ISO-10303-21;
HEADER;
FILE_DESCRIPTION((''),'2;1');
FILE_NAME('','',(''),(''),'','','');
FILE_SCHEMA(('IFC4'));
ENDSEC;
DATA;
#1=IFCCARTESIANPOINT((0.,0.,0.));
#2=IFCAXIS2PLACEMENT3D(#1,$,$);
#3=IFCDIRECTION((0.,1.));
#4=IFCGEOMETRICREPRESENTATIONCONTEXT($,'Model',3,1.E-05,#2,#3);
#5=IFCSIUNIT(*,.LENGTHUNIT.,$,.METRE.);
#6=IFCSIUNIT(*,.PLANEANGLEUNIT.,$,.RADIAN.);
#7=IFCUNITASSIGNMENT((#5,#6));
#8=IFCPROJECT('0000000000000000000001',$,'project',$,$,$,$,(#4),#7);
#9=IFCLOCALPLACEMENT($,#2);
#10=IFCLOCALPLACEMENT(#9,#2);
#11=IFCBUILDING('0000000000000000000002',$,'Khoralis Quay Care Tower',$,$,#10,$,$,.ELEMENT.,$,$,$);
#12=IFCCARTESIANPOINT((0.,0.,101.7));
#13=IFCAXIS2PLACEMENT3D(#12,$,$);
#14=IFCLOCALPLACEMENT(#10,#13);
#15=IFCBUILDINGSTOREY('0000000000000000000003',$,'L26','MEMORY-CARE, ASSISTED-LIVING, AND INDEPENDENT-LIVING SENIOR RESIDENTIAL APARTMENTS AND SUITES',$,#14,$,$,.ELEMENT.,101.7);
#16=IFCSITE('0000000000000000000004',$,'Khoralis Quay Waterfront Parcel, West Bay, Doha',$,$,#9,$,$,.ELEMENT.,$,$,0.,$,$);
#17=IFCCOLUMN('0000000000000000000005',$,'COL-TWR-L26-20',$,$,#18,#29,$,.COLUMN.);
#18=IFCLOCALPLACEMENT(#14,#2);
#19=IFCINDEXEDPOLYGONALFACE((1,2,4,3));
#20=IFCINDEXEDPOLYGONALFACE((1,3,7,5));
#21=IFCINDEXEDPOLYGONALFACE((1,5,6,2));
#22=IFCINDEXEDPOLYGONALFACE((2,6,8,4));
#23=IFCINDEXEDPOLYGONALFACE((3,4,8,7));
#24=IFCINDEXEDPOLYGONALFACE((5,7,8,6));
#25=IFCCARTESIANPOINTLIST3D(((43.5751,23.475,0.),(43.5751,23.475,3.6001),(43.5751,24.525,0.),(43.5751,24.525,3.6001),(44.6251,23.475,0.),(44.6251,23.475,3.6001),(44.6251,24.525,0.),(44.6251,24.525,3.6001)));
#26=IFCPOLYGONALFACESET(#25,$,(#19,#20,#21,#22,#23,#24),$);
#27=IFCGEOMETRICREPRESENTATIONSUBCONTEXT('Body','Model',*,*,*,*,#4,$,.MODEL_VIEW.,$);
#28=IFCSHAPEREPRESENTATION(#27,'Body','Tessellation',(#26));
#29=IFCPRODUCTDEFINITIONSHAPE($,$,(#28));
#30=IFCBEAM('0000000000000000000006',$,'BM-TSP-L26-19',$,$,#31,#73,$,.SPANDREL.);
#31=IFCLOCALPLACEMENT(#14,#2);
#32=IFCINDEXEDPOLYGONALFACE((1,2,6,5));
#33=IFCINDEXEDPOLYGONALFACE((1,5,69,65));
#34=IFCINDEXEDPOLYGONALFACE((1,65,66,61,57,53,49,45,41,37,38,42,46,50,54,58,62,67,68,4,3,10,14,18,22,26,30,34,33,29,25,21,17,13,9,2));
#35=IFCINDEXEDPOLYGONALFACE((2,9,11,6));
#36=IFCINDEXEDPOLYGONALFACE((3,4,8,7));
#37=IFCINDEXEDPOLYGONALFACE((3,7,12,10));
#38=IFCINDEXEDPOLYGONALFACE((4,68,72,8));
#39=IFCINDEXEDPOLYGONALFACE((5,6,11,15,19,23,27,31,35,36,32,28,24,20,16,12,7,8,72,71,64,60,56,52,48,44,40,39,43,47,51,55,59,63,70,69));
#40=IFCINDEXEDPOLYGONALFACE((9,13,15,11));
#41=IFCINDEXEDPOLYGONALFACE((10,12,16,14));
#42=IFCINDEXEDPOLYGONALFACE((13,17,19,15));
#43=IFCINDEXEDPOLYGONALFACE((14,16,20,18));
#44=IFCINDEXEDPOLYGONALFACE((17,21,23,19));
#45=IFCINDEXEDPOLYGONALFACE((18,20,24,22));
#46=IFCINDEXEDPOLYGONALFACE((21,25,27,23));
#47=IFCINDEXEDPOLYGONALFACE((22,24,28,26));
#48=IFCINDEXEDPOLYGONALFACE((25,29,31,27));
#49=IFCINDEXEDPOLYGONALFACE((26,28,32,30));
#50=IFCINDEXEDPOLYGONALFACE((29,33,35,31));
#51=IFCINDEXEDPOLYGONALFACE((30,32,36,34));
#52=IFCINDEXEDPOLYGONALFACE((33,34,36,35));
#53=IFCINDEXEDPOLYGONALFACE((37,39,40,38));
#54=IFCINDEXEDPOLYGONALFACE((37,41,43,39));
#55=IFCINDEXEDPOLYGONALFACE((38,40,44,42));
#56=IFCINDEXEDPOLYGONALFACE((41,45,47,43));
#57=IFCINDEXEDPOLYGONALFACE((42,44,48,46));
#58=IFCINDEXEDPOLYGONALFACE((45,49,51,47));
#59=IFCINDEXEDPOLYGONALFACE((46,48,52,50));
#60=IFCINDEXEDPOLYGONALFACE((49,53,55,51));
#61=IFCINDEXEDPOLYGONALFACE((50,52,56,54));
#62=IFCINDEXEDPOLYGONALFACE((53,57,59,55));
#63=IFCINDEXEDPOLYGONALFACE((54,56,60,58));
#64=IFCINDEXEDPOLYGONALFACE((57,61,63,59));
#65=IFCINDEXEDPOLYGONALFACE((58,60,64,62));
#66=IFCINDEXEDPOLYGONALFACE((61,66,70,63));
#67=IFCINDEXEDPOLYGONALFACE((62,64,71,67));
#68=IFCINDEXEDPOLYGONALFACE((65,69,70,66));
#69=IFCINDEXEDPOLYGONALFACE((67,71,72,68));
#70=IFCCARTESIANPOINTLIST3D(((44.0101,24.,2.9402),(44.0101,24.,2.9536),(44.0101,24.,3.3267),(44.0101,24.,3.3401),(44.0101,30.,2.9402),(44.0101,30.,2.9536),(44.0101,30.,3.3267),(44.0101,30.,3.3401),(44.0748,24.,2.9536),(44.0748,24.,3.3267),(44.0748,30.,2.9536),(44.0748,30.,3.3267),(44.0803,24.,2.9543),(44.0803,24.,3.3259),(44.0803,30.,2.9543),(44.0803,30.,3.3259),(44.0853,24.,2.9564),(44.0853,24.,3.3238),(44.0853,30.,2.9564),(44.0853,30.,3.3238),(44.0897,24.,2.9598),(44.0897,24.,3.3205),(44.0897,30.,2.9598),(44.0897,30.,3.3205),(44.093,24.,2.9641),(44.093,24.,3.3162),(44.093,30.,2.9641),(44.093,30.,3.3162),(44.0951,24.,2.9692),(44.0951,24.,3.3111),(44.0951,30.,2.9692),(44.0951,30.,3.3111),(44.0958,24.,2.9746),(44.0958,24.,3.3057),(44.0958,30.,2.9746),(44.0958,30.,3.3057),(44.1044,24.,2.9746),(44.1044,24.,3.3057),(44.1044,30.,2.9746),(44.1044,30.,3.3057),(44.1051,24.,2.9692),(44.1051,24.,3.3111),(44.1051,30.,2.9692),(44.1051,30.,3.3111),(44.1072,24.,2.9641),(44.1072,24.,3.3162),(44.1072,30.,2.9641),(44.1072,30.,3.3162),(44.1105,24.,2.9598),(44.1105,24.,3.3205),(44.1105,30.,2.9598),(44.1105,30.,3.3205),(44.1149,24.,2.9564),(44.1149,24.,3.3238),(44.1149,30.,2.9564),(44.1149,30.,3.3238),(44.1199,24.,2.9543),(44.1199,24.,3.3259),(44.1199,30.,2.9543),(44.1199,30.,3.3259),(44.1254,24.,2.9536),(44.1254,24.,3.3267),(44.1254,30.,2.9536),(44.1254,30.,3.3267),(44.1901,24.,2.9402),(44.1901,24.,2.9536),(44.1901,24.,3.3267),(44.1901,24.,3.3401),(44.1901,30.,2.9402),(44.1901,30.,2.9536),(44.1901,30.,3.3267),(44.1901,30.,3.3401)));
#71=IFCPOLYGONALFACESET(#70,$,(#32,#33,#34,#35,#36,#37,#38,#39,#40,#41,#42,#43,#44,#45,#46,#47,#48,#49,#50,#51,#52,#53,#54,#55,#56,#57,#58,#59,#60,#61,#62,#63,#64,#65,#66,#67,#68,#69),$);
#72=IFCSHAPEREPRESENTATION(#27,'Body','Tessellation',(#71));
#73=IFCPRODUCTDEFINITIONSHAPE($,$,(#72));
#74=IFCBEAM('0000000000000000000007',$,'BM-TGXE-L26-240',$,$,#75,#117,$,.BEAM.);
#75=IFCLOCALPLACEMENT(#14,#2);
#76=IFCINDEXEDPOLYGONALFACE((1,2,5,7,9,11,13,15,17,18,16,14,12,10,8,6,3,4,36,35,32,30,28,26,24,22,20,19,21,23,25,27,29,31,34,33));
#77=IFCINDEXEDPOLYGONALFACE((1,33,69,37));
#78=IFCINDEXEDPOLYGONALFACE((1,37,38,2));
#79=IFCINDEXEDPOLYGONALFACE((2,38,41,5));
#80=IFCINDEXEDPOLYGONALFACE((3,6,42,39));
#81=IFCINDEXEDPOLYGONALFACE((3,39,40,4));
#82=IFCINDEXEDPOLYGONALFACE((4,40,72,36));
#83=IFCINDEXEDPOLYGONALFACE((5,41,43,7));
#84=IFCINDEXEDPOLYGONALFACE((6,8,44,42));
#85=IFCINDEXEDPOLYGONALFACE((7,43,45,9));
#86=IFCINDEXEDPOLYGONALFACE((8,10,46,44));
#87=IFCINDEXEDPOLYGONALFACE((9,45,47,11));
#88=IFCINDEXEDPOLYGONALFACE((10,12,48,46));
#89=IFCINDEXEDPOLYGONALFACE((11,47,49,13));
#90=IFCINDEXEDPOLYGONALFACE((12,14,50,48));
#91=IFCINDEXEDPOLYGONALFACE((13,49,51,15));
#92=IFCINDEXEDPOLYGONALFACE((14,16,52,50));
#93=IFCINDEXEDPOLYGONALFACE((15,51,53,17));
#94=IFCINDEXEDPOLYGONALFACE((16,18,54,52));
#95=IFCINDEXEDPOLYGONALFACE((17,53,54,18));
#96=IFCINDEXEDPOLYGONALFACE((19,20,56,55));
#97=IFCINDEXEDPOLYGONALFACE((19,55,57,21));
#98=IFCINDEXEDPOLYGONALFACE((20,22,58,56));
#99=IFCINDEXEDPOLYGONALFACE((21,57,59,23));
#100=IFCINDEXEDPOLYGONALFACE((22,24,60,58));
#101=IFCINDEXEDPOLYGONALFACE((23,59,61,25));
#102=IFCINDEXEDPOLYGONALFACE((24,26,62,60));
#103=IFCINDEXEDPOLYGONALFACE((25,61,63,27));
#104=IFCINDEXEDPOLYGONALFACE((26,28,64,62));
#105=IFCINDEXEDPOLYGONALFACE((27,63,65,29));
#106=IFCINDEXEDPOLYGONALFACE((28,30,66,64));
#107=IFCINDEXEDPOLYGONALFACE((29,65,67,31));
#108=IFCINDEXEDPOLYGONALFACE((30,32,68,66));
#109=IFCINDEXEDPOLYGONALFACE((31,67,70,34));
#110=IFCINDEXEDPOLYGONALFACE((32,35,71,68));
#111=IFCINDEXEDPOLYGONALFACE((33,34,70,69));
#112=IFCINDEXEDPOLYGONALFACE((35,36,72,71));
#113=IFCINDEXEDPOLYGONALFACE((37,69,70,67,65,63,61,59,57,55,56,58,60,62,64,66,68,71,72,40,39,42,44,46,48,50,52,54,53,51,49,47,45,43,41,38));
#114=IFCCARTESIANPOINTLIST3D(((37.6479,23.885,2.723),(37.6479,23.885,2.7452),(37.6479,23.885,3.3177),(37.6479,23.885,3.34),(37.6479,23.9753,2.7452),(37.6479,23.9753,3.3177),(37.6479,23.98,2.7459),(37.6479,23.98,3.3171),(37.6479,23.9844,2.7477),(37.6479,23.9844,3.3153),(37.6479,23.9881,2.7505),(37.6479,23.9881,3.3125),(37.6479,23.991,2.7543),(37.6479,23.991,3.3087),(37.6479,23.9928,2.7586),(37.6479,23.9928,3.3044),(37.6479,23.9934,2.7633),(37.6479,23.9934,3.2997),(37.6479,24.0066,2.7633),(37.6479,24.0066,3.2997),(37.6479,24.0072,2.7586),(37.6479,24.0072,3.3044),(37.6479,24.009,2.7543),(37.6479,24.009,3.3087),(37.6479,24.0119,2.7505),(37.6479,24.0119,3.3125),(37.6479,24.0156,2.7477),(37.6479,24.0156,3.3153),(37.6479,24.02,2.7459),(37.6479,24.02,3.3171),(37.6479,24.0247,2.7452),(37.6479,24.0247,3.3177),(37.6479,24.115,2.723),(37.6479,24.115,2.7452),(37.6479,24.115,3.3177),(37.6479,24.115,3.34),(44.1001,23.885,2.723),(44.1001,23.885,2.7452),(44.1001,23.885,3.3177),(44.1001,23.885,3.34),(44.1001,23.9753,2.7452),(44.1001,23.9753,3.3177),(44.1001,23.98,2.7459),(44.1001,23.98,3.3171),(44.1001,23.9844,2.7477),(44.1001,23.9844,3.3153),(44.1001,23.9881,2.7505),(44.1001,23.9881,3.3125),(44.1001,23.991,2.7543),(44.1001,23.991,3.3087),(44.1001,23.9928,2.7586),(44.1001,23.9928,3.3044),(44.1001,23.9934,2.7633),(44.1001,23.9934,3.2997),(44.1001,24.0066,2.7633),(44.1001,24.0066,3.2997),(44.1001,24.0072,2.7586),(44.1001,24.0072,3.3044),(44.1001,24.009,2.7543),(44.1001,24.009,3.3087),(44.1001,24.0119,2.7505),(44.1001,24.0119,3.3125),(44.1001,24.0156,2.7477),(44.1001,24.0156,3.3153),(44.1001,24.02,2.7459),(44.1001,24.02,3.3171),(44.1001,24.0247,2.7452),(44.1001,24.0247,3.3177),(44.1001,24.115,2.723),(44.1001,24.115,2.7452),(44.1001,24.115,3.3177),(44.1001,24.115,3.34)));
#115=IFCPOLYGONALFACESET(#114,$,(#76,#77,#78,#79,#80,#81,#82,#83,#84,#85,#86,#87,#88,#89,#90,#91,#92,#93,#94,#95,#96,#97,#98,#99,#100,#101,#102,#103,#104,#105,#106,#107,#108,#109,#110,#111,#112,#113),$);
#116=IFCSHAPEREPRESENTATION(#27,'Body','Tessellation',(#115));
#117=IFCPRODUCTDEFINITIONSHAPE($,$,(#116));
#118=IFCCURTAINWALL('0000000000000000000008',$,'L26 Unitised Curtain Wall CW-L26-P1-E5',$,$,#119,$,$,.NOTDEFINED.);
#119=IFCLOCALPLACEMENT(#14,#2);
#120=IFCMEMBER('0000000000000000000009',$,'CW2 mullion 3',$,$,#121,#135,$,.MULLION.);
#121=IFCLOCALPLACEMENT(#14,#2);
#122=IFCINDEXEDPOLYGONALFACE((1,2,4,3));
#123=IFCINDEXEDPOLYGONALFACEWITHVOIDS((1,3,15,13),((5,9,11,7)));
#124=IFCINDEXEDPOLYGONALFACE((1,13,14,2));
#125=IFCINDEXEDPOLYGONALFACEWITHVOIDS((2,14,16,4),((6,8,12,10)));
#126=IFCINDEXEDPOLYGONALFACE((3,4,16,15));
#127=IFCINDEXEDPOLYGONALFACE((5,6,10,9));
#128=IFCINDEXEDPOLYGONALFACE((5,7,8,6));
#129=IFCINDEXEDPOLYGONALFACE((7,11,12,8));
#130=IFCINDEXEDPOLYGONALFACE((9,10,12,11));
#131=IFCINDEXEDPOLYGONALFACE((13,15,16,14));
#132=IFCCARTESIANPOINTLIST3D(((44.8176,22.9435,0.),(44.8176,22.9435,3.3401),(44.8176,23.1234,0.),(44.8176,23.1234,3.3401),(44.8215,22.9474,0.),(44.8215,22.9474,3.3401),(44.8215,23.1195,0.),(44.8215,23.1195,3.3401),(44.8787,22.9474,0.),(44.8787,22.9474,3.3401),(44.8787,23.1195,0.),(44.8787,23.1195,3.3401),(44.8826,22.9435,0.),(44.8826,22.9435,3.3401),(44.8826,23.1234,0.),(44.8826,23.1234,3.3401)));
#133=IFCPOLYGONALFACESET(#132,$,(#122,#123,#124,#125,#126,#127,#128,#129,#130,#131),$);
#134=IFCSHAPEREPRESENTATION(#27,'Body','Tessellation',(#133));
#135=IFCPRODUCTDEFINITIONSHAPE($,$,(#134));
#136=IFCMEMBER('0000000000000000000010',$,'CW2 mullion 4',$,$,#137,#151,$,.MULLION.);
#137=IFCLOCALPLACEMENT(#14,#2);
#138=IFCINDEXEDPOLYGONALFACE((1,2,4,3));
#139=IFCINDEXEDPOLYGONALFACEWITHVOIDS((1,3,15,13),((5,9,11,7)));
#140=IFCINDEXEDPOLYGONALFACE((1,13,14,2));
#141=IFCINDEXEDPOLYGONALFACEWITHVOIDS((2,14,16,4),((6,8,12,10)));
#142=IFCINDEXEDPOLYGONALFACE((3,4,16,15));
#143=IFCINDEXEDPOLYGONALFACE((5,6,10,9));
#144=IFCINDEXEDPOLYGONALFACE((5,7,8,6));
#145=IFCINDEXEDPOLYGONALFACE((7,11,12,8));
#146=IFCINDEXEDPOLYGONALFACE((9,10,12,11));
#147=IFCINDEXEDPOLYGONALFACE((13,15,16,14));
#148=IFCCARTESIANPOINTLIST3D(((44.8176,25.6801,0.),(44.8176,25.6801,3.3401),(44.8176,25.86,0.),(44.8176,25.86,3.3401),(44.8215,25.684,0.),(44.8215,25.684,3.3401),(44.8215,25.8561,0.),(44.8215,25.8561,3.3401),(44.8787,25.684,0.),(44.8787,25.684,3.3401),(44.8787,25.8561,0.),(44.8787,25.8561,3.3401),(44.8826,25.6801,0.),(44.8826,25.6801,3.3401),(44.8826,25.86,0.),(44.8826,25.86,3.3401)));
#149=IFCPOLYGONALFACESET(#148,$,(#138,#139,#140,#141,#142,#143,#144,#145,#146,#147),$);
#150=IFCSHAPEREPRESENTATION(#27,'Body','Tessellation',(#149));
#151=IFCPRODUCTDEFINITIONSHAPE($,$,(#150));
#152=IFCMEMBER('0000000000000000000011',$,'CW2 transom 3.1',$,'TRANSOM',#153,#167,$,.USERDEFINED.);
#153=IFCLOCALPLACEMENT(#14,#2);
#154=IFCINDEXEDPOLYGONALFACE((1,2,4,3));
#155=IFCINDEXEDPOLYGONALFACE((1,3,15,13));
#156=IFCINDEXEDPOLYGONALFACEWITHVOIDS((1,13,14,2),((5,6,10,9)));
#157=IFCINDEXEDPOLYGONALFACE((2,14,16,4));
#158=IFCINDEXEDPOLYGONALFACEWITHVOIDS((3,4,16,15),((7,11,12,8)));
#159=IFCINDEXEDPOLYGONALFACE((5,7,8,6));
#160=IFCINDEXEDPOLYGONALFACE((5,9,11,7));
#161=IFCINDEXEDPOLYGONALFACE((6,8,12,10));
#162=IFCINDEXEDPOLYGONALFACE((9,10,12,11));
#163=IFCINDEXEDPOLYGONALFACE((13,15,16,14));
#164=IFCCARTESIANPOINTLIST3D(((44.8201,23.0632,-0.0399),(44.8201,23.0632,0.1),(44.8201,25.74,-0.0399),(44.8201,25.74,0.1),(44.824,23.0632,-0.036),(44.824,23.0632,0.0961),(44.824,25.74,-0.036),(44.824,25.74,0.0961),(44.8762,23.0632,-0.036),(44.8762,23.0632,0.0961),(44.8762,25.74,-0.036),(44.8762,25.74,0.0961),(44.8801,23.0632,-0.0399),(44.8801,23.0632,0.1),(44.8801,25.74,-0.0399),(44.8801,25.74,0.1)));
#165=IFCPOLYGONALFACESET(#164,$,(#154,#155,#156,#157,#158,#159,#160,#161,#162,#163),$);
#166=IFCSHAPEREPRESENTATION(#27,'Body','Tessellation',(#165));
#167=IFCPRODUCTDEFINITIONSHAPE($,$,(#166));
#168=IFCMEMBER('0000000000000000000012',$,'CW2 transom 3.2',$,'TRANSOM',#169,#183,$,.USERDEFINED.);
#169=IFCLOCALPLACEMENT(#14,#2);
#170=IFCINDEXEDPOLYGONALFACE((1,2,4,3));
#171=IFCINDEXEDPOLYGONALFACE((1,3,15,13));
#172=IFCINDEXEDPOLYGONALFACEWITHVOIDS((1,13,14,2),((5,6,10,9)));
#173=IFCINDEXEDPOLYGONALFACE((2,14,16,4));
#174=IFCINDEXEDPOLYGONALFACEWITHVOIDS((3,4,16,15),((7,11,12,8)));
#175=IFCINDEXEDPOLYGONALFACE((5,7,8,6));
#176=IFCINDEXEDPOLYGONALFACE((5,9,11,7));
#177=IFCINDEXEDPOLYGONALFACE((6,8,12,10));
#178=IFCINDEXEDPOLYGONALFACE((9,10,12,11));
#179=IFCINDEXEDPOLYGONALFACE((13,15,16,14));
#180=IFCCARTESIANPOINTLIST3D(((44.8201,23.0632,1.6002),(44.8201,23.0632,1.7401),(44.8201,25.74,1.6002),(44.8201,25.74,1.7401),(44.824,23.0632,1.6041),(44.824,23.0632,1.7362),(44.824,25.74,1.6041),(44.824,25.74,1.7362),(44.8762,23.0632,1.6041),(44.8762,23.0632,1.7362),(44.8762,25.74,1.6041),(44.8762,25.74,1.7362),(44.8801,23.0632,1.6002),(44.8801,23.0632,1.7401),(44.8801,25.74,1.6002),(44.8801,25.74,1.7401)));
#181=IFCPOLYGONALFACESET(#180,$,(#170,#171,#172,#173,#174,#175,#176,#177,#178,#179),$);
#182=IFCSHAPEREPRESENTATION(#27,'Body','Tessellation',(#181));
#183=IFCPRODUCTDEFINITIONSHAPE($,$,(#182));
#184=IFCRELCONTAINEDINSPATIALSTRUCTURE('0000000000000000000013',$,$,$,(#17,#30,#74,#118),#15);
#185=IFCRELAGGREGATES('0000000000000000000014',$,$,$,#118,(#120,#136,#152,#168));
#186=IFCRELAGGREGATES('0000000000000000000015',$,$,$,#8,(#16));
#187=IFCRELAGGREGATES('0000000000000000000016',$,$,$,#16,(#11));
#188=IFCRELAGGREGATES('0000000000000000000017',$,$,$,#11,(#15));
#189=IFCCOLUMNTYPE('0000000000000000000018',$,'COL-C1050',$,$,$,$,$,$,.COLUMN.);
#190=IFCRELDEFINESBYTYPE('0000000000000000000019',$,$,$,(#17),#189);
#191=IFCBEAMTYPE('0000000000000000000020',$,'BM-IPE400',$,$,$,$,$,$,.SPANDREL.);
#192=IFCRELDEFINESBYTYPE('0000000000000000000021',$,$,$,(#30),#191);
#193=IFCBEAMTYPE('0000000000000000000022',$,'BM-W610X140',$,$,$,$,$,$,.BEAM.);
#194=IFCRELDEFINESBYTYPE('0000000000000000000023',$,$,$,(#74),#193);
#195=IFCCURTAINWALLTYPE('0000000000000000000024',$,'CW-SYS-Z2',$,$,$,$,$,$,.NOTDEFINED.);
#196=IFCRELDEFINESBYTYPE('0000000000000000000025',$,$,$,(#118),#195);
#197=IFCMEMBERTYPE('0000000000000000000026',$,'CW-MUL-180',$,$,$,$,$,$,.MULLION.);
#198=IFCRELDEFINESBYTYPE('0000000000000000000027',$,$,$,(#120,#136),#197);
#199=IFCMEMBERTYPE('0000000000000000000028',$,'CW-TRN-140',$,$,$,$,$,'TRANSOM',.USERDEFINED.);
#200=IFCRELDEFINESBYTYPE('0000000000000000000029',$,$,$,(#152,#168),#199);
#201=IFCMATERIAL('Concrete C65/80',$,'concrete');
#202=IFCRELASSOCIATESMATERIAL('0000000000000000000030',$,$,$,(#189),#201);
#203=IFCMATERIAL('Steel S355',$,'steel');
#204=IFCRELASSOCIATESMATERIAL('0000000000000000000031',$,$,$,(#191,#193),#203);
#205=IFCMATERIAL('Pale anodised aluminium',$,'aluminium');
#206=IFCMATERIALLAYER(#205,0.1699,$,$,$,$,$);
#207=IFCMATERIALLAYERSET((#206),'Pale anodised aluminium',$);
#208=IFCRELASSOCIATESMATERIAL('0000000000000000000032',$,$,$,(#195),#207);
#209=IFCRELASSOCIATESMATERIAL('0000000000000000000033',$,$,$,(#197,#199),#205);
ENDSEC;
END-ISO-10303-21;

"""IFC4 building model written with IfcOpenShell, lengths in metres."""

from ifc_helpers import new_model, si_unit, direction, frame, origin, origin_2d, place, context, subcontext, project, spatial, rectangle, hollow_rectangle, i_section, extrude, source, transform, mapped, material, layer, layer_set, material_profile, profile_set, type_object, element, aggregate, save


model = new_model("IFC4")

# Units and contexts
model_context = context("Model", 3, precision=1e-05, world=origin(), true_north=direction((0.0, 1.0)))
body_context = subcontext(model_context, "Body", "Model", "MODEL_VIEW")
ifc_project = project(units=[si_unit("LENGTHUNIT", "METRE"), si_unit("PLANEANGLEUNIT", "RADIAN")], contexts=[model_context])

# Site, building, storey
site_placement = place(None, origin())
site = spatial("IfcSite", under=ifc_project, at=site_placement, Name="Khoralis Quay Waterfront Parcel, West Bay, Doha", CompositionType="ELEMENT", RefElevation=0.0)
building_placement = place(site_placement, origin())
building = spatial("IfcBuilding", under=site, at=building_placement, Name="Khoralis Quay Care Tower", CompositionType="ELEMENT")
storey_placement = place(building_placement, frame((0.0, 0.0, 101.7)))
storey = spatial("IfcBuildingStorey", under=building, at=storey_placement, Name="L26", Description="MEMORY-CARE, ASSISTED-LIVING, AND INDEPENDENT-LIVING SENIOR RESIDENTIAL APARTMENTS AND SUITES", CompositionType="ELEMENT", Elevation=101.7)

# Column
ifc_material_1 = material(Name="Concrete C65/80", Category="concrete")
ifc_material_profile_1 = material_profile(ifc_material_1, rectangle(XDim=1.05, YDim=1.05, at=origin_2d()), Name="Concrete C65/80")
ifc_profile_set_1 = profile_set([ifc_material_profile_1], Name="Concrete C65/80")
column_type = type_object("IfcColumnType", Name="COL-C1050", PredefinedType="COLUMN", material=ifc_profile_set_1)
shared_shape_1 = source(origin(), body_context, "Body", "SweptSolid", [
    extrude(rectangle(XDim=1.05, YDim=1.05, at=origin_2d()), origin(), (0.0, 0.0, 1.0), 3.6001),
])
column_placement = place(storey_placement, frame((44.1001, 24.0, 0.0), z_axis=(0.0, 0.0, 1.0), x_axis=(1.0, 0.0, 0.0)))
element("IfcColumn", 1, at=column_placement, inside=storey, type_object=column_type, Name="COL-TWR-L26-20", PredefinedType="COLUMN", context=body_context, shape_type="MappedRepresentation", body=[
    mapped(shared_shape_1, transform((0.0, 0.0, 0.0), scale=1.0)),
])

# Beams
ifc_material_2 = material(Name="Steel S355", Category="steel")
ifc_material_profile_2 = material_profile(ifc_material_2, i_section(OverallWidth=0.1799, OverallDepth=0.3999, WebThickness=0.0085, FlangeThickness=0.0134, FilletRadius=0.021, at=origin_2d()), Name="Steel S355")
ifc_profile_set_2 = profile_set([ifc_material_profile_2], Name="Steel S355")
beam_type_1 = type_object("IfcBeamType", Name="BM-IPE400", PredefinedType="SPANDREL", material=ifc_profile_set_2)
shared_shape_2 = source(origin(), body_context, "Body", "SweptSolid", [
    extrude(i_section(OverallWidth=0.1799, OverallDepth=0.3999, WebThickness=0.0085, FlangeThickness=0.0134, FilletRadius=0.021, at=origin_2d()), origin(), (0.0, 0.0, 1.0), 6.0),
])
beam_1_placement = place(storey_placement, frame((44.1001, 24.0, 3.1401), z_axis=(0.0, 1.0, 0.0), x_axis=(-1.0, 0.0, 0.0)))
element("IfcBeam", 2, at=beam_1_placement, inside=storey, type_object=beam_type_1, Name="BM-TSP-L26-19", PredefinedType="SPANDREL", context=body_context, shape_type="MappedRepresentation", body=[
    mapped(shared_shape_2, transform((0.0, 0.0, 0.0), scale=1.0)),
])
ifc_material_profile_3 = material_profile(ifc_material_2, i_section(OverallWidth=0.23, OverallDepth=0.6169, WebThickness=0.0132, FlangeThickness=0.0222, FilletRadius=0.0181, at=origin_2d()), Name="Steel S355")
ifc_profile_set_3 = profile_set([ifc_material_profile_3], Name="Steel S355")
beam_type_2 = type_object("IfcBeamType", Name="BM-W610X140", PredefinedType="BEAM", material=ifc_profile_set_3)
shared_shape_3 = source(origin(), body_context, "Body", "SweptSolid", [
    extrude(i_section(OverallWidth=0.23, OverallDepth=0.6169, WebThickness=0.0132, FlangeThickness=0.0222, FilletRadius=0.0181, at=origin_2d()), origin(), (0.0, 0.0, 1.0), 6.4521),
])
beam_2_placement = place(storey_placement, frame((37.6479, 24.0, 3.0315), z_axis=(1.0, 0.0, 0.0), x_axis=(0.0, 1.0, 0.0)))
element("IfcBeam", 3, at=beam_2_placement, inside=storey, type_object=beam_type_2, Name="BM-TGXE-L26-240", PredefinedType="BEAM", context=body_context, shape_type="MappedRepresentation", body=[
    mapped(shared_shape_3, transform((0.0, 0.0, 0.0), scale=1.0)),
])

# Curtain wall, members
ifc_material_3 = material(Name="Pale anodised aluminium", Category="aluminium")
ifc_layer_1 = layer(ifc_material_3, 0.1699)
ifc_layer_set_1 = layer_set([ifc_layer_1], Name="Pale anodised aluminium")
curtain_wall_type = type_object("IfcCurtainWallType", Name="CW-SYS-Z2", PredefinedType="NOTDEFINED", material=ifc_layer_set_1)
curtain_wall_placement = place(storey_placement, origin())
curtain_wall = element("IfcCurtainWall", 4, at=curtain_wall_placement, inside=storey, type_object=curtain_wall_type, Name="L26 Unitised Curtain Wall CW-L26-P1-E5", PredefinedType="NOTDEFINED")
ifc_material_profile_4 = material_profile(ifc_material_3, hollow_rectangle(XDim=0.0649, YDim=0.1799, WallThickness=0.0039, at=origin_2d()), Name="Pale anodised aluminium")
ifc_profile_set_4 = profile_set([ifc_material_profile_4], Name="Pale anodised aluminium")
member_type_1 = type_object("IfcMemberType", Name="CW-MUL-180", PredefinedType="MULLION", material=ifc_profile_set_4)
shared_shape_4 = source(origin(), body_context, "Body", "SweptSolid", [
    extrude(hollow_rectangle(XDim=0.0649, YDim=0.1799, WallThickness=0.0039, at=origin_2d()), origin(), (0.0, 0.0, 1.0), 3.3401),
])
member_1_placement = place(storey_placement, frame((44.8501, 23.0334, 0.0), z_axis=(0.0, 0.0, 1.0), x_axis=(-1.0, 0.0, 0.0)))
member_1 = element("IfcMember", 5, at=member_1_placement, type_object=member_type_1, Name="CW2 mullion 3", PredefinedType="MULLION", context=body_context, shape_type="MappedRepresentation", body=[
    mapped(shared_shape_4, transform((0.0, 0.0, 0.0), scale=1.0)),
])
member_2_placement = place(storey_placement, frame((44.8501, 25.77, 0.0), z_axis=(0.0, 0.0, 1.0), x_axis=(-1.0, 0.0, 0.0)))
member_2 = element("IfcMember", 6, at=member_2_placement, type_object=member_type_1, Name="CW2 mullion 4", PredefinedType="MULLION", context=body_context, shape_type="MappedRepresentation", body=[
    mapped(shared_shape_4, transform((0.0, 0.0, 0.0), scale=1.0)),
])
ifc_material_profile_5 = material_profile(ifc_material_3, hollow_rectangle(XDim=0.0601, YDim=0.1399, WallThickness=0.0039, at=origin_2d()), Name="Pale anodised aluminium")
ifc_profile_set_5 = profile_set([ifc_material_profile_5], Name="Pale anodised aluminium")
member_type_2 = type_object("IfcMemberType", Name="CW-TRN-140", ElementType="TRANSOM", PredefinedType="USERDEFINED", material=ifc_profile_set_5)
shared_shape_5 = source(origin(), body_context, "Body", "SweptSolid", [
    extrude(hollow_rectangle(XDim=0.0601, YDim=0.1399, WallThickness=0.0039, at=origin_2d()), origin(), (0.0, 0.0, 1.0), 2.6768),
])
member_3_placement = place(storey_placement, frame((44.8501, 23.0632, 0.03), z_axis=(0.0, 1.0, 0.0), x_axis=(-1.0, 0.0, 0.0)))
member_3 = element("IfcMember", 7, at=member_3_placement, type_object=member_type_2, Name="CW2 transom 3.1", ObjectType="TRANSOM", PredefinedType="USERDEFINED", context=body_context, shape_type="MappedRepresentation", body=[
    mapped(shared_shape_5, transform((0.0, 0.0, 0.0), scale=1.0)),
])
member_4_placement = place(storey_placement, frame((44.8501, 23.0632, 1.6702), z_axis=(0.0, 1.0, 0.0), x_axis=(-1.0, 0.0, 0.0)))
member_4 = element("IfcMember", 8, at=member_4_placement, type_object=member_type_2, Name="CW2 transom 3.2", ObjectType="TRANSOM", PredefinedType="USERDEFINED", context=body_context, shape_type="MappedRepresentation", body=[
    mapped(shared_shape_5, transform((0.0, 0.0, 0.0), scale=1.0)),
])
aggregate(curtain_wall, [member_1, member_2, member_3, member_4])

save(model, "model.ifc")
